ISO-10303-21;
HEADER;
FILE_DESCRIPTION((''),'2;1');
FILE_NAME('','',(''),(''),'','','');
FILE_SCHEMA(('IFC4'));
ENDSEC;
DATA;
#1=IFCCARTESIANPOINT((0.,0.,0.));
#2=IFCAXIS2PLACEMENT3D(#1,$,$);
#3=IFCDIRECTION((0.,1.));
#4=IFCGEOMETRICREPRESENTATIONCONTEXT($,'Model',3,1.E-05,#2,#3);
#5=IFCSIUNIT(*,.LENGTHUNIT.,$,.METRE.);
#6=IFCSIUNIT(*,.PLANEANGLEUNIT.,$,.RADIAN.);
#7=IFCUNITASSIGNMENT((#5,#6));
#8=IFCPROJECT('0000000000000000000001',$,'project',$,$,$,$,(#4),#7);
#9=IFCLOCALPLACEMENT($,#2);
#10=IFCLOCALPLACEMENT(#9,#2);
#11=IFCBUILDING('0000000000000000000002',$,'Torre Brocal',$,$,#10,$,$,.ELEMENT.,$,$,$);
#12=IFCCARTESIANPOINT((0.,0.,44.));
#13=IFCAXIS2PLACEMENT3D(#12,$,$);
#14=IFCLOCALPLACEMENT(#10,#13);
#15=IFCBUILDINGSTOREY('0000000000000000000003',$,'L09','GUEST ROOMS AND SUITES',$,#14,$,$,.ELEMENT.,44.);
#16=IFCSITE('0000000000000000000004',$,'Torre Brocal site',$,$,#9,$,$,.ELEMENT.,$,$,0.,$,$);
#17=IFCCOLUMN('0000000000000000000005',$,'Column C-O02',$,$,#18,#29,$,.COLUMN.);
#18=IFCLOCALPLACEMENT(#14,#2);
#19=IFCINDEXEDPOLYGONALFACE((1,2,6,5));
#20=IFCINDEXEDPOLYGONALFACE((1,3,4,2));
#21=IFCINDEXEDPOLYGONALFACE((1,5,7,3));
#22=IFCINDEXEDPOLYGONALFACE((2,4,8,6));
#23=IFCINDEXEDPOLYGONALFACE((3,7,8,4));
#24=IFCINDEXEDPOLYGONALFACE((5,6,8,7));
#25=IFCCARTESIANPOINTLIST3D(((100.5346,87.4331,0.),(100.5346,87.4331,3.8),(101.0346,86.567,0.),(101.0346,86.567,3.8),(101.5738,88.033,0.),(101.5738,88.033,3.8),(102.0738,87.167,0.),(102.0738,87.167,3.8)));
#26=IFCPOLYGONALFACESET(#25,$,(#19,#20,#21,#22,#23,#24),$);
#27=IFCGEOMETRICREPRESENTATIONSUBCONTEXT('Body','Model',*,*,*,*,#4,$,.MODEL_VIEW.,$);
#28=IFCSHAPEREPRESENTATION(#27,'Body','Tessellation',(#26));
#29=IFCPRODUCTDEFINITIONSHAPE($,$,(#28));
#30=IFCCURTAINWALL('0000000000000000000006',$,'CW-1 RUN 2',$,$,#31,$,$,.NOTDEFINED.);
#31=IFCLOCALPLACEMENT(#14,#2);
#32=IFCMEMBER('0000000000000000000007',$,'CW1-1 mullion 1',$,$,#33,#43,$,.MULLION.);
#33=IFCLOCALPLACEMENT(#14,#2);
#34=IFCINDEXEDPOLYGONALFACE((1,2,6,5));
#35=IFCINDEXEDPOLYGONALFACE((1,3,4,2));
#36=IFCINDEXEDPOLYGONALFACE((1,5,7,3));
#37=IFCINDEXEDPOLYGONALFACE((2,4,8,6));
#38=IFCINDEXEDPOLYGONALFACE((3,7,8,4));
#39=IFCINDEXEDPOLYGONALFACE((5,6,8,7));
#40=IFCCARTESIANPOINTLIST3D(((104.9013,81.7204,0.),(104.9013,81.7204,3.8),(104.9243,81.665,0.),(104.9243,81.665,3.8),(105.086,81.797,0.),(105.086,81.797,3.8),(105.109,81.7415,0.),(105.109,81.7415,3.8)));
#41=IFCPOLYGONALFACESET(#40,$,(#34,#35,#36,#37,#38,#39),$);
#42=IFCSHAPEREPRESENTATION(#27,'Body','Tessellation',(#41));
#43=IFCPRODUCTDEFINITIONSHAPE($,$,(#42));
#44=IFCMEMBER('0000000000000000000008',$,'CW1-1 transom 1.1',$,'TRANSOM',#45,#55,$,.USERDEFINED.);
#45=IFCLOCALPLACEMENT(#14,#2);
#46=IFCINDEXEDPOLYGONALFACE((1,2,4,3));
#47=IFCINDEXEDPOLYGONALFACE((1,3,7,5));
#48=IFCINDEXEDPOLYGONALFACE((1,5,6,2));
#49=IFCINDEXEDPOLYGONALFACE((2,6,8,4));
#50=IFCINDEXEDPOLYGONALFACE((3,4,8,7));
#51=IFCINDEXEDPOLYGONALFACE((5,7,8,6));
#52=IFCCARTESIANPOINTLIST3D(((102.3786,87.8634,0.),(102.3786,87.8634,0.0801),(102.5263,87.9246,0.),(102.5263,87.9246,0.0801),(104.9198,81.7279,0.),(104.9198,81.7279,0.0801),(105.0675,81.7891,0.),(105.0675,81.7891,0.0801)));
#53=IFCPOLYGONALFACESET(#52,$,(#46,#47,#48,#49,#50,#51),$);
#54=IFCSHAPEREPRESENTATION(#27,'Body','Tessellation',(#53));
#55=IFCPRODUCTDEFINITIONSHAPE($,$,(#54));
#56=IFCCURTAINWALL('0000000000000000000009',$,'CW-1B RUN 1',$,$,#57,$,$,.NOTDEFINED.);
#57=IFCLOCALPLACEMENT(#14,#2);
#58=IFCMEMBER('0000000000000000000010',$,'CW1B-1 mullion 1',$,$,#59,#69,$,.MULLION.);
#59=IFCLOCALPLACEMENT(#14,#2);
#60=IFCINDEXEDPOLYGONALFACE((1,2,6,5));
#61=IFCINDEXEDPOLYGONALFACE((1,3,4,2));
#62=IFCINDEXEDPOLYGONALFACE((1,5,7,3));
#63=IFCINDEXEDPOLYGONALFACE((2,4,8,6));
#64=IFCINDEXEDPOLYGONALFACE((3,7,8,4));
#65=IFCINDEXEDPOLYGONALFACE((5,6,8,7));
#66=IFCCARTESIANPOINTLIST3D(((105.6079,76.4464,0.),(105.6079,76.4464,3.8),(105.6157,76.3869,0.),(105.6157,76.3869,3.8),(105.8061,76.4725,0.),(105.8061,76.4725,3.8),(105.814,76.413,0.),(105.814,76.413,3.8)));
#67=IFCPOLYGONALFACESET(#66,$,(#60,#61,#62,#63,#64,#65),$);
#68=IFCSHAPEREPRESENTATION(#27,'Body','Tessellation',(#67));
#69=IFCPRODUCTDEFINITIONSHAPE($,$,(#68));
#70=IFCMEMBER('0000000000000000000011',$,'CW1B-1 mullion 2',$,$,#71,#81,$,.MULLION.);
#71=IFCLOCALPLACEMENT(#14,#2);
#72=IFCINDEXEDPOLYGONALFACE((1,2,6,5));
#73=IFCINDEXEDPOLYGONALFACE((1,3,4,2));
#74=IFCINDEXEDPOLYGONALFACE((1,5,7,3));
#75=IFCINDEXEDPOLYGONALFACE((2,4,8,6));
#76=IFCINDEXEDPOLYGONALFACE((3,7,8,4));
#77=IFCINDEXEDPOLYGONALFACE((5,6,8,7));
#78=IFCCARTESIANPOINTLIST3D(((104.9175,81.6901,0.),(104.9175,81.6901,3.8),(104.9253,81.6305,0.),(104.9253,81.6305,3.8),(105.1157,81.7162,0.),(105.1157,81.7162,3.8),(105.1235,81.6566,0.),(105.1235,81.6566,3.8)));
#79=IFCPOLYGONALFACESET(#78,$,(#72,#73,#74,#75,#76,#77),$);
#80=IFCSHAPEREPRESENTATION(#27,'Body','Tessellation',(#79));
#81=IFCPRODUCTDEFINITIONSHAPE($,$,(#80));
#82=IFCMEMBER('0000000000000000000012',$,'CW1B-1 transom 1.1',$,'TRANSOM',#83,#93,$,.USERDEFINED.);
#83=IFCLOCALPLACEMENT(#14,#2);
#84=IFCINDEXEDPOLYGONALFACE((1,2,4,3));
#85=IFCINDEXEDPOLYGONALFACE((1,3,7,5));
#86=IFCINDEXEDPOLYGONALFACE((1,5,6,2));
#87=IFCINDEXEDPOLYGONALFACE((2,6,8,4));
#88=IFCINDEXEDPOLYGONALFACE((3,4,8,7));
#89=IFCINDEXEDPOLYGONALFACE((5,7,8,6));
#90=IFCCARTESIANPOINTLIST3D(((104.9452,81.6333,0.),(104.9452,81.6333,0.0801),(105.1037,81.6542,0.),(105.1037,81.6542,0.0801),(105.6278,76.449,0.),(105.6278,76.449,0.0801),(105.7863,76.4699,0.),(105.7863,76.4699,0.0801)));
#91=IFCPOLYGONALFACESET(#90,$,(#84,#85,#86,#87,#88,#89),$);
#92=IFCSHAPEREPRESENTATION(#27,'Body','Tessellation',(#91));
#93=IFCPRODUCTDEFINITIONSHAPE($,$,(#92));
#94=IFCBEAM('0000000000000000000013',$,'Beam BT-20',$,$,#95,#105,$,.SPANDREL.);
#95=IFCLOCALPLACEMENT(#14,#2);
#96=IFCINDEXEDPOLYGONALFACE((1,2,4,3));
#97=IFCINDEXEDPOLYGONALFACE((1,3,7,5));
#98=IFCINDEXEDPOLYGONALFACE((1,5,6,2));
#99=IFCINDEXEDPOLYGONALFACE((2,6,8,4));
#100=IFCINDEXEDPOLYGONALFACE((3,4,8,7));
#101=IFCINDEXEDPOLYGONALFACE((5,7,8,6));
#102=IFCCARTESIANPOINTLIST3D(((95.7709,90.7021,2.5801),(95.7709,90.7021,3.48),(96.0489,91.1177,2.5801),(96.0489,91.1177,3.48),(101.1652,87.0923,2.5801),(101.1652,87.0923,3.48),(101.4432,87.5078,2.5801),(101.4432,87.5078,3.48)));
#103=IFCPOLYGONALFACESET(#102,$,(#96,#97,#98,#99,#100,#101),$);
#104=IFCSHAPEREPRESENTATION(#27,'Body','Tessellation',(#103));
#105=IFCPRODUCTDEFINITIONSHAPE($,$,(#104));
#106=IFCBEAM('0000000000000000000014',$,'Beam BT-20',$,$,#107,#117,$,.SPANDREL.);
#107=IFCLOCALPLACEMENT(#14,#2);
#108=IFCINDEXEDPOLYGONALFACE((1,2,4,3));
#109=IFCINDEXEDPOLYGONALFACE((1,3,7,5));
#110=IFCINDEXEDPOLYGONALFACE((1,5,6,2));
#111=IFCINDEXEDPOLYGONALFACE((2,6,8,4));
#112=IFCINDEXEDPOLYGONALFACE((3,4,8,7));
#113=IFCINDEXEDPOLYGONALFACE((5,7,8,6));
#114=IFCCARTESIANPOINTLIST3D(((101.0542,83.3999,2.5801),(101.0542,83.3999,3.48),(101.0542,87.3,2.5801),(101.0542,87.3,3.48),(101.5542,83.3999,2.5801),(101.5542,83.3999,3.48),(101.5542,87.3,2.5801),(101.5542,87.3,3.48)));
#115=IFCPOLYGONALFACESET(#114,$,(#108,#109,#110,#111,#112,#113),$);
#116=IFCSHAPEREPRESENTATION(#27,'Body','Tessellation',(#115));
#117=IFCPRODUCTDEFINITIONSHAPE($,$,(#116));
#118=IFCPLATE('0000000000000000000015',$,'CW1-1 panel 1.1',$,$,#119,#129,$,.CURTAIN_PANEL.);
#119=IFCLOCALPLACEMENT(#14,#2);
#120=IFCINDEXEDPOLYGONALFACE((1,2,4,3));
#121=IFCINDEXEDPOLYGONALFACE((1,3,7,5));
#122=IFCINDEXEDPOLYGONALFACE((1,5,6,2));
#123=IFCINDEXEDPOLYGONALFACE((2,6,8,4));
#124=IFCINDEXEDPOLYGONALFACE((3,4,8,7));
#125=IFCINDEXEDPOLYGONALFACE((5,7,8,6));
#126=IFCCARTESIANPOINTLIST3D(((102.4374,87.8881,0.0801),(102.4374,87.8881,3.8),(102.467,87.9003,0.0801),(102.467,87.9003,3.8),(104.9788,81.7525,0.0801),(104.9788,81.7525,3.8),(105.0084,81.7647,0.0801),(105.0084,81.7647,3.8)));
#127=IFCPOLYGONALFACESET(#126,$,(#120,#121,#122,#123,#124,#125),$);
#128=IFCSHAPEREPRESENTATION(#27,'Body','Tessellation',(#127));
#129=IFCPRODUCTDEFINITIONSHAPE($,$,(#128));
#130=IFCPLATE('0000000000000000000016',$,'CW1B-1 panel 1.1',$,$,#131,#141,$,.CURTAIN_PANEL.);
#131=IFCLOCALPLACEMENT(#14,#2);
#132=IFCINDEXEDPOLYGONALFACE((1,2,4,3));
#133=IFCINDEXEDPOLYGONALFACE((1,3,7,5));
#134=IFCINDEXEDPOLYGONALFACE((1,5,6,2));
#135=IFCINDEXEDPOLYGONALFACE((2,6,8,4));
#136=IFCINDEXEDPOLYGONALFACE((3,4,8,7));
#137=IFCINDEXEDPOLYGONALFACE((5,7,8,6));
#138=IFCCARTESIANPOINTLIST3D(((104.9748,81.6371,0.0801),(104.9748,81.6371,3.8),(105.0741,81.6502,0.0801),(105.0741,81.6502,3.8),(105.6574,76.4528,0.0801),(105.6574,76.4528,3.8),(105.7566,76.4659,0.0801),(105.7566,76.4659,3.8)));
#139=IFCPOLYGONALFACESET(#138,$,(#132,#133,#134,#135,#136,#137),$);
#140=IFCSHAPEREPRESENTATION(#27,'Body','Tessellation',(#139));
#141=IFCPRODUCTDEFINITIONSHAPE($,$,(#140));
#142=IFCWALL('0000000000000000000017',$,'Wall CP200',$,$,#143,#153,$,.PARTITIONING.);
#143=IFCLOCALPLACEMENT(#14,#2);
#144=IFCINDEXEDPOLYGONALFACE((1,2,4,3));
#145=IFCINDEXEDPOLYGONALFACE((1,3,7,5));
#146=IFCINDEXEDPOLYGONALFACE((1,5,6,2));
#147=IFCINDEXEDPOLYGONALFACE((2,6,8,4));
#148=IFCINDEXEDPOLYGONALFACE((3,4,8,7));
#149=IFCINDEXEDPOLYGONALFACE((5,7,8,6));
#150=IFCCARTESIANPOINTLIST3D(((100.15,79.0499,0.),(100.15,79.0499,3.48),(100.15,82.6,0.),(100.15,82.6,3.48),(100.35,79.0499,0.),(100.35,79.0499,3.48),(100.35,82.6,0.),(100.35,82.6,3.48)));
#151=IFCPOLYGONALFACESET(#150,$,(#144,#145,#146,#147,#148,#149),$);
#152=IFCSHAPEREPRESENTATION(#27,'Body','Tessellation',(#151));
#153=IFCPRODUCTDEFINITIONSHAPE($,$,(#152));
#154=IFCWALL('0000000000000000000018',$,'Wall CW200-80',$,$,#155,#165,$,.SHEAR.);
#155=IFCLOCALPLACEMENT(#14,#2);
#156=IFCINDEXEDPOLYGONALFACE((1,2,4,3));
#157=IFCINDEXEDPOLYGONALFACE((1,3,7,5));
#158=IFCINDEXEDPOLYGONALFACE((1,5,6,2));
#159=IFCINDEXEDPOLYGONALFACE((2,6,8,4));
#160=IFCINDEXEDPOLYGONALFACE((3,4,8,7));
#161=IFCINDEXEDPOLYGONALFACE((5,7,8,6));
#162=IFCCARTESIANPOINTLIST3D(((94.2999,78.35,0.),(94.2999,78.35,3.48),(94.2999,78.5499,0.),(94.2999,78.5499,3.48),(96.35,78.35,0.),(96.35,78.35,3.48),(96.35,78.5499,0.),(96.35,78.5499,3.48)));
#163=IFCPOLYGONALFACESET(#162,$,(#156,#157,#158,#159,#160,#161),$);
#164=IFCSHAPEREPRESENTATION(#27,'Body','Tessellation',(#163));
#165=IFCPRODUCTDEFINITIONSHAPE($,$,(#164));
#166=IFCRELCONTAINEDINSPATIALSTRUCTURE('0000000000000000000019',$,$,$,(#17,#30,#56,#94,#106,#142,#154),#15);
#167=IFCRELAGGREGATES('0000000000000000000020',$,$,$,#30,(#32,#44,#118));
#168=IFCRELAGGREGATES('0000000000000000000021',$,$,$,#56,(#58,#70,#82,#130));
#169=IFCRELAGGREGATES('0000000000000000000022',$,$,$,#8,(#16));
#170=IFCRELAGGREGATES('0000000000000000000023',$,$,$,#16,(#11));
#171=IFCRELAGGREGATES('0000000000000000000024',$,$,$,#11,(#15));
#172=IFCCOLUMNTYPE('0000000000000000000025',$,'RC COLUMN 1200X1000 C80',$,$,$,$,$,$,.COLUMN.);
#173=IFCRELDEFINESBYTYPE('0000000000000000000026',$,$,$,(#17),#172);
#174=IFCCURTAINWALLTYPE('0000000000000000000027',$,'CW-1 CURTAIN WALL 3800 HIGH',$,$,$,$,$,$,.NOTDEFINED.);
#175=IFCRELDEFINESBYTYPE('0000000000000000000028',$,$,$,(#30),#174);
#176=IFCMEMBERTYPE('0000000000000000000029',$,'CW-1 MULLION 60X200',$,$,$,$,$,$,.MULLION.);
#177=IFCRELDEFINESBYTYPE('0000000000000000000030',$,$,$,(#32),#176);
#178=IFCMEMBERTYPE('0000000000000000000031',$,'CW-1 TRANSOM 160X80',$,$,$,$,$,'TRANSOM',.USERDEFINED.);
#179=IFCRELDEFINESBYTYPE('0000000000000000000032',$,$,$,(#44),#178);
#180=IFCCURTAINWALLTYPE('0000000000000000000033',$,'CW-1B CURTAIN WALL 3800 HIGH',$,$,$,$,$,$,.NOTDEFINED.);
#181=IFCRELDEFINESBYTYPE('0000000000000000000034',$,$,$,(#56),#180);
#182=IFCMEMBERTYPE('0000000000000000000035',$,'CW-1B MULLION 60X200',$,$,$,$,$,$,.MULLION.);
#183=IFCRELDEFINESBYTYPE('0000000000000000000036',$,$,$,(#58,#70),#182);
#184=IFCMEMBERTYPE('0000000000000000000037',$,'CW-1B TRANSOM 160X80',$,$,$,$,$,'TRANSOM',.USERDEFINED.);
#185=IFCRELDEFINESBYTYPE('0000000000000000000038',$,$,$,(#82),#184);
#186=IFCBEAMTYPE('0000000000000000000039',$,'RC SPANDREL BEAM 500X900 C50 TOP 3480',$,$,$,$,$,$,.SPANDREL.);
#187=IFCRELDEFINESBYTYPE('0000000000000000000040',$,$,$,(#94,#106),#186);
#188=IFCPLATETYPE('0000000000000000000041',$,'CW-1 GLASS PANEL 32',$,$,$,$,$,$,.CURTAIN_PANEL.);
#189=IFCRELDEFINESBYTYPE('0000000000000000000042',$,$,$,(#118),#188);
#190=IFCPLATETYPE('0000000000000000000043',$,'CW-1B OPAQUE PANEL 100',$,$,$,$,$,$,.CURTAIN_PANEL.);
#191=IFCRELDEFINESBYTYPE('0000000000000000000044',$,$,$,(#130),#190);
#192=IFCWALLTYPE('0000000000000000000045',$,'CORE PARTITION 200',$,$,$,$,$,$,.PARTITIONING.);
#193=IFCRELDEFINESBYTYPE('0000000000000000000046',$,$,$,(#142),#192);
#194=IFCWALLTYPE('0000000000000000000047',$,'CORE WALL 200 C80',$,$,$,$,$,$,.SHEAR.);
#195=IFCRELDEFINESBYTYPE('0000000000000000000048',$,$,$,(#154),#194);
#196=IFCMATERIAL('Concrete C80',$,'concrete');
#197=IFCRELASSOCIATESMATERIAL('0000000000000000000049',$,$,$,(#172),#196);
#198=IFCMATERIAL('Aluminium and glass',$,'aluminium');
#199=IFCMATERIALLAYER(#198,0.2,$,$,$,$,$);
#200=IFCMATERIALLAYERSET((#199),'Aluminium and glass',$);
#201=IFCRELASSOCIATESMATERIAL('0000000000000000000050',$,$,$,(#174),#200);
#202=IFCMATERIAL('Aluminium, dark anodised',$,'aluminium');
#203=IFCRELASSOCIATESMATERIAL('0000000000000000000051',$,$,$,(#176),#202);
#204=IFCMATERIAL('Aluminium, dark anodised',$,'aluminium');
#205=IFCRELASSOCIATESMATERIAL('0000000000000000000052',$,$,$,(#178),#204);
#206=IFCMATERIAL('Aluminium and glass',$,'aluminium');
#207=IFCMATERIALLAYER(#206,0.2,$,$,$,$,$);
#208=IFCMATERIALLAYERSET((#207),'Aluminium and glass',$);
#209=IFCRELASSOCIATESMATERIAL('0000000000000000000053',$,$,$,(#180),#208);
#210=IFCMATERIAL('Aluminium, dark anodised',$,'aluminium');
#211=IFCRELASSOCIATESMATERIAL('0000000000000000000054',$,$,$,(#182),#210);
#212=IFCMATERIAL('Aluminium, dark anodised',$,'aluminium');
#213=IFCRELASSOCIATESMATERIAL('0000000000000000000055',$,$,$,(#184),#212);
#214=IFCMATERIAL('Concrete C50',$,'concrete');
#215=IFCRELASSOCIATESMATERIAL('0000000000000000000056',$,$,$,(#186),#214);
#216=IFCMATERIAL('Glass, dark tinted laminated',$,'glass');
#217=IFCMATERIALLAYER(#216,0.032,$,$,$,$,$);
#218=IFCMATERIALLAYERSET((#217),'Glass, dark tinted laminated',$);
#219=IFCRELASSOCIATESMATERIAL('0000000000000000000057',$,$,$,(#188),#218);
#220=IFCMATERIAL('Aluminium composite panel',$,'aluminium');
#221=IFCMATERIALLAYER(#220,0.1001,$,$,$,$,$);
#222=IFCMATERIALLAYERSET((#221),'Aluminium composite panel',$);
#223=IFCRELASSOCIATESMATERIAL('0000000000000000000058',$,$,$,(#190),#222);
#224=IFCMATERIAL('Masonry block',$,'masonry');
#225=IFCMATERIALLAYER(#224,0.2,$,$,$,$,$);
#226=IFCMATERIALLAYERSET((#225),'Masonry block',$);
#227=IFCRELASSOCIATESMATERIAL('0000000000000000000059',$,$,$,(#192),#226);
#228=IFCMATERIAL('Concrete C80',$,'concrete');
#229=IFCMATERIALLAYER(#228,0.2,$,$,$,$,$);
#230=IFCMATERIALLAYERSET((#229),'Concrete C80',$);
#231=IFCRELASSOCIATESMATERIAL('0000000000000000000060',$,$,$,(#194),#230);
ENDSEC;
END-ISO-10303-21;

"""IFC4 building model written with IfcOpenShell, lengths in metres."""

from ifc_helpers import new_model, si_unit, direction, frame, frame_2d, origin, origin_2d, place, context, subcontext, project, spatial, rectangle, extrude, material, layer, layer_set, material_profile, profile_set, type_object, element, aggregate, save


model = new_model("IFC4")

# Units and contexts
model_context = context("Model", 3, precision=1e-05, world=origin(), true_north=direction((0.0, 1.0)))
body_context = subcontext(model_context, "Body", "Model", "MODEL_VIEW")
ifc_project = project(units=[si_unit("LENGTHUNIT", "METRE"), si_unit("PLANEANGLEUNIT", "RADIAN")], contexts=[model_context])

# Site, building, storey
site_placement = place(None, origin())
site = spatial("IfcSite", under=ifc_project, at=site_placement, Name="Torre Brocal site", CompositionType="ELEMENT", RefElevation=0.0)
building_placement = place(site_placement, origin())
building = spatial("IfcBuilding", under=site, at=building_placement, Name="Torre Brocal", CompositionType="ELEMENT")
storey_placement = place(building_placement, frame((0.0, 0.0, 44.0)))
storey = spatial("IfcBuildingStorey", under=building, at=storey_placement, Name="L09", Description="GUEST ROOMS AND SUITES", CompositionType="ELEMENT", Elevation=44.0)

# Column
ifc_material_1 = material(Name="Concrete C80", Category="concrete")
ifc_material_profile_1 = material_profile(ifc_material_1, rectangle(XDim=1.2, YDim=1.0, at=origin_2d()), Name="RC 1200X1000")
ifc_profile_set_1 = profile_set([ifc_material_profile_1], Name="Concrete C80")
column_type = type_object("IfcColumnType", Name="RC COLUMN 1200X1000 C80", PredefinedType="COLUMN", material=ifc_profile_set_1)
column_placement = place(storey_placement, frame((101.3042, 87.3, 0.0), z_axis=(0.0, 0.0, 1.0), x_axis=(0.866025, 0.5, 0.0)))
element("IfcColumn", 1, at=column_placement, inside=storey, type_object=column_type, Name="Column C-O02", PredefinedType="COLUMN", context=body_context, shape_type="SweptSolid", body=[
    extrude(rectangle(XDim=1.2, YDim=1.0, at=origin_2d()), origin(), (0.0, 0.0, 1.0), 3.8),
])

# Curtain walls, members
ifc_material_2 = material(Name="Aluminium and glass", Category="aluminium")
ifc_layer_1 = layer(ifc_material_2, 0.2)
ifc_layer_set_1 = layer_set([ifc_layer_1], Name="Aluminium and glass")
curtain_wall_type_1 = type_object("IfcCurtainWallType", Name="CW-1 CURTAIN WALL 3800 HIGH", PredefinedType="NOTDEFINED", material=ifc_layer_set_1)
curtain_wall_1_placement = place(storey_placement, origin())
curtain_wall_1 = element("IfcCurtainWall", 2, at=curtain_wall_1_placement, inside=storey, type_object=curtain_wall_type_1, Name="CW-1 RUN 2", PredefinedType="NOTDEFINED")
ifc_material_3 = material(Name="Aluminium, dark anodised", Category="aluminium")
ifc_material_profile_2 = material_profile(ifc_material_3, rectangle(XDim=0.2, YDim=0.0601, at=origin_2d()), Name="CW-1 MULLION 60X200")
ifc_profile_set_2 = profile_set([ifc_material_profile_2], Name="Aluminium, dark anodised")
member_type_1 = type_object("IfcMemberType", Name="CW-1 MULLION 60X200", PredefinedType="MULLION", material=ifc_profile_set_2)
member_1_placement = place(storey_placement, frame((105.0051, 81.731, 0.0), z_axis=(0.0, 0.0, 1.0), x_axis=(-0.92388, -0.382683, 0.0)))
member_1 = element("IfcMember", 3, at=member_1_placement, type_object=member_type_1, Name="CW1-1 mullion 1", PredefinedType="MULLION", context=body_context, shape_type="SweptSolid", body=[
    extrude(rectangle(XDim=0.2, YDim=0.0601, at=origin_2d()), origin(), (0.0, 0.0, 1.0), 3.8),
])
ifc_material_4 = material(Name="Aluminium, dark anodised", Category="aluminium")
ifc_material_profile_3 = material_profile(ifc_material_4, rectangle(XDim=0.1599, YDim=0.0801, at=origin_2d()), Name="CW-1 TRANSOM 160X80")
ifc_profile_set_3 = profile_set([ifc_material_profile_3], Name="Aluminium, dark anodised")
member_type_2 = type_object("IfcMemberType", Name="CW-1 TRANSOM 160X80", ElementType="TRANSOM", PredefinedType="USERDEFINED", material=ifc_profile_set_3)
member_2_placement = place(storey_placement, frame((104.9937, 81.7585, 0.04), z_axis=(-0.382665, 0.923887, 0.0), x_axis=(-0.923887, -0.382665, 0.0)))
member_2 = element("IfcMember", 4, at=member_2_placement, type_object=member_type_2, Name="CW1-1 transom 1.1", ObjectType="TRANSOM", PredefinedType="USERDEFINED", context=body_context, shape_type="SweptSolid", body=[
    extrude(rectangle(XDim=0.1599, YDim=0.0801, at=origin_2d()), origin(), (0.0, 0.0, 1.0), 6.6409),
])
ifc_material_5 = material(Name="Aluminium and glass", Category="aluminium")
ifc_layer_2 = layer(ifc_material_5, 0.2)
ifc_layer_set_2 = layer_set([ifc_layer_2], Name="Aluminium and glass")
curtain_wall_type_2 = type_object("IfcCurtainWallType", Name="CW-1B CURTAIN WALL 3800 HIGH", PredefinedType="NOTDEFINED", material=ifc_layer_set_2)
curtain_wall_2_placement = place(storey_placement, origin())
curtain_wall_2 = element("IfcCurtainWall", 5, at=curtain_wall_2_placement, inside=storey, type_object=curtain_wall_type_2, Name="CW-1B RUN 1", PredefinedType="NOTDEFINED")
ifc_material_6 = material(Name="Aluminium, dark anodised", Category="aluminium")
ifc_material_profile_4 = material_profile(ifc_material_6, rectangle(XDim=0.2, YDim=0.0601, at=origin_2d()), Name="CW-1B MULLION 60X200")
ifc_profile_set_4 = profile_set([ifc_material_profile_4], Name="Aluminium, dark anodised")
member_type_3 = type_object("IfcMemberType", Name="CW-1B MULLION 60X200", PredefinedType="MULLION", material=ifc_profile_set_4)
member_3_placement = place(storey_placement, frame((105.7109, 76.4297, 0.0), z_axis=(0.0, 0.0, 1.0), x_axis=(-0.991445, -0.130526, 0.0)))
member_3 = element("IfcMember", 6, at=member_3_placement, type_object=member_type_3, Name="CW1B-1 mullion 1", PredefinedType="MULLION", context=body_context, shape_type="SweptSolid", body=[
    extrude(rectangle(XDim=0.2, YDim=0.0601, at=origin_2d()), origin(), (0.0, 0.0, 1.0), 3.8),
])
member_4_placement = place(storey_placement, frame((105.0205, 81.6733, 0.0), z_axis=(0.0, 0.0, 1.0), x_axis=(-0.991445, -0.130526, 0.0)))
member_4 = element("IfcMember", 7, at=member_4_placement, type_object=member_type_3, Name="CW1B-1 mullion 2", PredefinedType="MULLION", context=body_context, shape_type="SweptSolid", body=[
    extrude(rectangle(XDim=0.2, YDim=0.0601, at=origin_2d()), origin(), (0.0, 0.0, 1.0), 3.8),
])
ifc_material_7 = material(Name="Aluminium, dark anodised", Category="aluminium")
ifc_material_profile_5 = material_profile(ifc_material_7, rectangle(XDim=0.1599, YDim=0.0801, at=origin_2d()), Name="CW-1B TRANSOM 160X80")
ifc_profile_set_5 = profile_set([ifc_material_profile_5], Name="Aluminium, dark anodised")
member_type_4 = type_object("IfcMemberType", Name="CW-1B TRANSOM 160X80", ElementType="TRANSOM", PredefinedType="USERDEFINED", material=ifc_profile_set_5)
member_5_placement = place(storey_placement, frame((105.707, 76.4595, 0.04), z_axis=(-0.130543, 0.991443, 0.0), x_axis=(-0.991443, -0.130543, 0.0)))
member_5 = element("IfcMember", 8, at=member_5_placement, type_object=member_type_4, Name="CW1B-1 transom 1.1", ObjectType="TRANSOM", PredefinedType="USERDEFINED", context=body_context, shape_type="SweptSolid", body=[
    extrude(rectangle(XDim=0.1599, YDim=0.0801, at=origin_2d()), origin(), (0.0, 0.0, 1.0), 5.229),
])

# Beams
ifc_material_8 = material(Name="Concrete C50", Category="concrete")
ifc_material_profile_6 = material_profile(ifc_material_8, rectangle(XDim=0.5, YDim=0.8999, at=origin_2d()), Name="RC 500X900")
ifc_profile_set_6 = profile_set([ifc_material_profile_6], Name="Concrete C50")
beam_type = type_object("IfcBeamType", Name="RC SPANDREL BEAM 500X900 C50 TOP 3480", PredefinedType="SPANDREL", material=ifc_profile_set_6)
beam_1_placement = place(storey_placement, frame((101.3042, 87.3, 3.03), z_axis=(-0.831077, 0.556158, 0.0), x_axis=(-0.556158, -0.831077, 0.0)))
element("IfcBeam", 9, at=beam_1_placement, inside=storey, type_object=beam_type, Name="Beam BT-20", PredefinedType="SPANDREL", context=body_context, shape_type="SweptSolid", body=[
    extrude(rectangle(XDim=0.5, YDim=0.8999, at=origin_2d()), origin(), (0.0, 0.0, 1.0), 6.4907),
])
beam_2_placement = place(storey_placement, frame((101.3042, 87.3, 3.03), z_axis=(0.0, -1.0, 0.0), x_axis=(1.0, 0.0, 0.0)))
element("IfcBeam", 10, at=beam_2_placement, inside=storey, type_object=beam_type, Name="Beam BT-20", PredefinedType="SPANDREL", context=body_context, shape_type="SweptSolid", body=[
    extrude(rectangle(XDim=0.5, YDim=0.8999, at=origin_2d()), origin(), (0.0, 0.0, 1.0), 3.9001),
])

# Plates
ifc_material_9 = material(Name="Glass, dark tinted laminated", Category="glass")
ifc_layer_3 = layer(ifc_material_9, 0.032)
ifc_layer_set_3 = layer_set([ifc_layer_3], Name="Glass, dark tinted laminated")
plate_type_1 = type_object("IfcPlateType", Name="CW-1 GLASS PANEL 32", PredefinedType="CURTAIN_PANEL", material=ifc_layer_set_3)
plate_1_placement = place(storey_placement, frame((103.7229, 84.8264, 0.0801), z_axis=(0.0, 0.0, 1.0), x_axis=(-0.382683, 0.92388, 0.0)))
plate_1 = element("IfcPlate", 11, at=plate_1_placement, type_object=plate_type_1, Name="CW1-1 panel 1.1", PredefinedType="CURTAIN_PANEL", context=body_context, shape_type="SweptSolid", body=[
    extrude(rectangle(XDim=6.6411, YDim=0.032, at=origin_2d()), origin(), (0.0, 0.0, 1.0), 3.72),
])
aggregate(curtain_wall_1, [member_1, member_2, plate_1])
ifc_material_10 = material(Name="Aluminium composite panel", Category="aluminium")
ifc_layer_4 = layer(ifc_material_10, 0.1001)
ifc_layer_set_4 = layer_set([ifc_layer_4], Name="Aluminium composite panel")
plate_type_2 = type_object("IfcPlateType", Name="CW-1B OPAQUE PANEL 100", PredefinedType="CURTAIN_PANEL", material=ifc_layer_set_4)
plate_2_placement = place(storey_placement, frame((105.3657, 79.0515, 0.0801), z_axis=(0.0, 0.0, 1.0), x_axis=(-0.130526, 0.991445, 0.0)))
plate_2 = element("IfcPlate", 12, at=plate_2_placement, type_object=plate_type_2, Name="CW1B-1 panel 1.1", PredefinedType="CURTAIN_PANEL", context=body_context, shape_type="SweptSolid", body=[
    extrude(rectangle(XDim=5.229, YDim=0.1001, at=origin_2d()), origin(), (0.0, 0.0, 1.0), 3.72),
])
aggregate(curtain_wall_2, [member_3, member_4, member_5, plate_2])

# Walls
ifc_material_11 = material(Name="Masonry block", Category="masonry")
ifc_layer_5 = layer(ifc_material_11, 0.2)
ifc_layer_set_5 = layer_set([ifc_layer_5], Name="Masonry block")
wall_type_1 = type_object("IfcWallType", Name="CORE PARTITION 200", PredefinedType="PARTITIONING", material=ifc_layer_set_5)
wall_1_placement = place(storey_placement, frame((100.25, 79.05, 0.0), z_axis=(0.0, 0.0, 1.0), x_axis=(0.0, 1.0, 0.0)))
element("IfcWall", 13, at=wall_1_placement, inside=storey, type_object=wall_type_1, Name="Wall CP200", PredefinedType="PARTITIONING", context=body_context, shape_type="SweptSolid", body=[
    extrude(rectangle(XDim=3.55, YDim=0.2, at=frame_2d((1.7749, 0.0))), origin(), (0.0, 0.0, 1.0), 3.48),
])
ifc_material_12 = material(Name="Concrete C80", Category="concrete")
ifc_layer_6 = layer(ifc_material_12, 0.2)
ifc_layer_set_6 = layer_set([ifc_layer_6], Name="Concrete C80")
wall_type_2 = type_object("IfcWallType", Name="CORE WALL 200 C80", PredefinedType="SHEAR", material=ifc_layer_set_6)
wall_2_placement = place(storey_placement, frame((94.3, 78.45, 0.0), z_axis=(0.0, 0.0, 1.0), x_axis=(1.0, 0.0, 0.0)))
element("IfcWall", 14, at=wall_2_placement, inside=storey, type_object=wall_type_2, Name="Wall CW200-80", PredefinedType="SHEAR", context=body_context, shape_type="SweptSolid", body=[
    extrude(rectangle(XDim=2.05, YDim=0.2, at=frame_2d((1.0249, 0.0))), origin(), (0.0, 0.0, 1.0), 3.48),
])

save(model, "model.ifc")
